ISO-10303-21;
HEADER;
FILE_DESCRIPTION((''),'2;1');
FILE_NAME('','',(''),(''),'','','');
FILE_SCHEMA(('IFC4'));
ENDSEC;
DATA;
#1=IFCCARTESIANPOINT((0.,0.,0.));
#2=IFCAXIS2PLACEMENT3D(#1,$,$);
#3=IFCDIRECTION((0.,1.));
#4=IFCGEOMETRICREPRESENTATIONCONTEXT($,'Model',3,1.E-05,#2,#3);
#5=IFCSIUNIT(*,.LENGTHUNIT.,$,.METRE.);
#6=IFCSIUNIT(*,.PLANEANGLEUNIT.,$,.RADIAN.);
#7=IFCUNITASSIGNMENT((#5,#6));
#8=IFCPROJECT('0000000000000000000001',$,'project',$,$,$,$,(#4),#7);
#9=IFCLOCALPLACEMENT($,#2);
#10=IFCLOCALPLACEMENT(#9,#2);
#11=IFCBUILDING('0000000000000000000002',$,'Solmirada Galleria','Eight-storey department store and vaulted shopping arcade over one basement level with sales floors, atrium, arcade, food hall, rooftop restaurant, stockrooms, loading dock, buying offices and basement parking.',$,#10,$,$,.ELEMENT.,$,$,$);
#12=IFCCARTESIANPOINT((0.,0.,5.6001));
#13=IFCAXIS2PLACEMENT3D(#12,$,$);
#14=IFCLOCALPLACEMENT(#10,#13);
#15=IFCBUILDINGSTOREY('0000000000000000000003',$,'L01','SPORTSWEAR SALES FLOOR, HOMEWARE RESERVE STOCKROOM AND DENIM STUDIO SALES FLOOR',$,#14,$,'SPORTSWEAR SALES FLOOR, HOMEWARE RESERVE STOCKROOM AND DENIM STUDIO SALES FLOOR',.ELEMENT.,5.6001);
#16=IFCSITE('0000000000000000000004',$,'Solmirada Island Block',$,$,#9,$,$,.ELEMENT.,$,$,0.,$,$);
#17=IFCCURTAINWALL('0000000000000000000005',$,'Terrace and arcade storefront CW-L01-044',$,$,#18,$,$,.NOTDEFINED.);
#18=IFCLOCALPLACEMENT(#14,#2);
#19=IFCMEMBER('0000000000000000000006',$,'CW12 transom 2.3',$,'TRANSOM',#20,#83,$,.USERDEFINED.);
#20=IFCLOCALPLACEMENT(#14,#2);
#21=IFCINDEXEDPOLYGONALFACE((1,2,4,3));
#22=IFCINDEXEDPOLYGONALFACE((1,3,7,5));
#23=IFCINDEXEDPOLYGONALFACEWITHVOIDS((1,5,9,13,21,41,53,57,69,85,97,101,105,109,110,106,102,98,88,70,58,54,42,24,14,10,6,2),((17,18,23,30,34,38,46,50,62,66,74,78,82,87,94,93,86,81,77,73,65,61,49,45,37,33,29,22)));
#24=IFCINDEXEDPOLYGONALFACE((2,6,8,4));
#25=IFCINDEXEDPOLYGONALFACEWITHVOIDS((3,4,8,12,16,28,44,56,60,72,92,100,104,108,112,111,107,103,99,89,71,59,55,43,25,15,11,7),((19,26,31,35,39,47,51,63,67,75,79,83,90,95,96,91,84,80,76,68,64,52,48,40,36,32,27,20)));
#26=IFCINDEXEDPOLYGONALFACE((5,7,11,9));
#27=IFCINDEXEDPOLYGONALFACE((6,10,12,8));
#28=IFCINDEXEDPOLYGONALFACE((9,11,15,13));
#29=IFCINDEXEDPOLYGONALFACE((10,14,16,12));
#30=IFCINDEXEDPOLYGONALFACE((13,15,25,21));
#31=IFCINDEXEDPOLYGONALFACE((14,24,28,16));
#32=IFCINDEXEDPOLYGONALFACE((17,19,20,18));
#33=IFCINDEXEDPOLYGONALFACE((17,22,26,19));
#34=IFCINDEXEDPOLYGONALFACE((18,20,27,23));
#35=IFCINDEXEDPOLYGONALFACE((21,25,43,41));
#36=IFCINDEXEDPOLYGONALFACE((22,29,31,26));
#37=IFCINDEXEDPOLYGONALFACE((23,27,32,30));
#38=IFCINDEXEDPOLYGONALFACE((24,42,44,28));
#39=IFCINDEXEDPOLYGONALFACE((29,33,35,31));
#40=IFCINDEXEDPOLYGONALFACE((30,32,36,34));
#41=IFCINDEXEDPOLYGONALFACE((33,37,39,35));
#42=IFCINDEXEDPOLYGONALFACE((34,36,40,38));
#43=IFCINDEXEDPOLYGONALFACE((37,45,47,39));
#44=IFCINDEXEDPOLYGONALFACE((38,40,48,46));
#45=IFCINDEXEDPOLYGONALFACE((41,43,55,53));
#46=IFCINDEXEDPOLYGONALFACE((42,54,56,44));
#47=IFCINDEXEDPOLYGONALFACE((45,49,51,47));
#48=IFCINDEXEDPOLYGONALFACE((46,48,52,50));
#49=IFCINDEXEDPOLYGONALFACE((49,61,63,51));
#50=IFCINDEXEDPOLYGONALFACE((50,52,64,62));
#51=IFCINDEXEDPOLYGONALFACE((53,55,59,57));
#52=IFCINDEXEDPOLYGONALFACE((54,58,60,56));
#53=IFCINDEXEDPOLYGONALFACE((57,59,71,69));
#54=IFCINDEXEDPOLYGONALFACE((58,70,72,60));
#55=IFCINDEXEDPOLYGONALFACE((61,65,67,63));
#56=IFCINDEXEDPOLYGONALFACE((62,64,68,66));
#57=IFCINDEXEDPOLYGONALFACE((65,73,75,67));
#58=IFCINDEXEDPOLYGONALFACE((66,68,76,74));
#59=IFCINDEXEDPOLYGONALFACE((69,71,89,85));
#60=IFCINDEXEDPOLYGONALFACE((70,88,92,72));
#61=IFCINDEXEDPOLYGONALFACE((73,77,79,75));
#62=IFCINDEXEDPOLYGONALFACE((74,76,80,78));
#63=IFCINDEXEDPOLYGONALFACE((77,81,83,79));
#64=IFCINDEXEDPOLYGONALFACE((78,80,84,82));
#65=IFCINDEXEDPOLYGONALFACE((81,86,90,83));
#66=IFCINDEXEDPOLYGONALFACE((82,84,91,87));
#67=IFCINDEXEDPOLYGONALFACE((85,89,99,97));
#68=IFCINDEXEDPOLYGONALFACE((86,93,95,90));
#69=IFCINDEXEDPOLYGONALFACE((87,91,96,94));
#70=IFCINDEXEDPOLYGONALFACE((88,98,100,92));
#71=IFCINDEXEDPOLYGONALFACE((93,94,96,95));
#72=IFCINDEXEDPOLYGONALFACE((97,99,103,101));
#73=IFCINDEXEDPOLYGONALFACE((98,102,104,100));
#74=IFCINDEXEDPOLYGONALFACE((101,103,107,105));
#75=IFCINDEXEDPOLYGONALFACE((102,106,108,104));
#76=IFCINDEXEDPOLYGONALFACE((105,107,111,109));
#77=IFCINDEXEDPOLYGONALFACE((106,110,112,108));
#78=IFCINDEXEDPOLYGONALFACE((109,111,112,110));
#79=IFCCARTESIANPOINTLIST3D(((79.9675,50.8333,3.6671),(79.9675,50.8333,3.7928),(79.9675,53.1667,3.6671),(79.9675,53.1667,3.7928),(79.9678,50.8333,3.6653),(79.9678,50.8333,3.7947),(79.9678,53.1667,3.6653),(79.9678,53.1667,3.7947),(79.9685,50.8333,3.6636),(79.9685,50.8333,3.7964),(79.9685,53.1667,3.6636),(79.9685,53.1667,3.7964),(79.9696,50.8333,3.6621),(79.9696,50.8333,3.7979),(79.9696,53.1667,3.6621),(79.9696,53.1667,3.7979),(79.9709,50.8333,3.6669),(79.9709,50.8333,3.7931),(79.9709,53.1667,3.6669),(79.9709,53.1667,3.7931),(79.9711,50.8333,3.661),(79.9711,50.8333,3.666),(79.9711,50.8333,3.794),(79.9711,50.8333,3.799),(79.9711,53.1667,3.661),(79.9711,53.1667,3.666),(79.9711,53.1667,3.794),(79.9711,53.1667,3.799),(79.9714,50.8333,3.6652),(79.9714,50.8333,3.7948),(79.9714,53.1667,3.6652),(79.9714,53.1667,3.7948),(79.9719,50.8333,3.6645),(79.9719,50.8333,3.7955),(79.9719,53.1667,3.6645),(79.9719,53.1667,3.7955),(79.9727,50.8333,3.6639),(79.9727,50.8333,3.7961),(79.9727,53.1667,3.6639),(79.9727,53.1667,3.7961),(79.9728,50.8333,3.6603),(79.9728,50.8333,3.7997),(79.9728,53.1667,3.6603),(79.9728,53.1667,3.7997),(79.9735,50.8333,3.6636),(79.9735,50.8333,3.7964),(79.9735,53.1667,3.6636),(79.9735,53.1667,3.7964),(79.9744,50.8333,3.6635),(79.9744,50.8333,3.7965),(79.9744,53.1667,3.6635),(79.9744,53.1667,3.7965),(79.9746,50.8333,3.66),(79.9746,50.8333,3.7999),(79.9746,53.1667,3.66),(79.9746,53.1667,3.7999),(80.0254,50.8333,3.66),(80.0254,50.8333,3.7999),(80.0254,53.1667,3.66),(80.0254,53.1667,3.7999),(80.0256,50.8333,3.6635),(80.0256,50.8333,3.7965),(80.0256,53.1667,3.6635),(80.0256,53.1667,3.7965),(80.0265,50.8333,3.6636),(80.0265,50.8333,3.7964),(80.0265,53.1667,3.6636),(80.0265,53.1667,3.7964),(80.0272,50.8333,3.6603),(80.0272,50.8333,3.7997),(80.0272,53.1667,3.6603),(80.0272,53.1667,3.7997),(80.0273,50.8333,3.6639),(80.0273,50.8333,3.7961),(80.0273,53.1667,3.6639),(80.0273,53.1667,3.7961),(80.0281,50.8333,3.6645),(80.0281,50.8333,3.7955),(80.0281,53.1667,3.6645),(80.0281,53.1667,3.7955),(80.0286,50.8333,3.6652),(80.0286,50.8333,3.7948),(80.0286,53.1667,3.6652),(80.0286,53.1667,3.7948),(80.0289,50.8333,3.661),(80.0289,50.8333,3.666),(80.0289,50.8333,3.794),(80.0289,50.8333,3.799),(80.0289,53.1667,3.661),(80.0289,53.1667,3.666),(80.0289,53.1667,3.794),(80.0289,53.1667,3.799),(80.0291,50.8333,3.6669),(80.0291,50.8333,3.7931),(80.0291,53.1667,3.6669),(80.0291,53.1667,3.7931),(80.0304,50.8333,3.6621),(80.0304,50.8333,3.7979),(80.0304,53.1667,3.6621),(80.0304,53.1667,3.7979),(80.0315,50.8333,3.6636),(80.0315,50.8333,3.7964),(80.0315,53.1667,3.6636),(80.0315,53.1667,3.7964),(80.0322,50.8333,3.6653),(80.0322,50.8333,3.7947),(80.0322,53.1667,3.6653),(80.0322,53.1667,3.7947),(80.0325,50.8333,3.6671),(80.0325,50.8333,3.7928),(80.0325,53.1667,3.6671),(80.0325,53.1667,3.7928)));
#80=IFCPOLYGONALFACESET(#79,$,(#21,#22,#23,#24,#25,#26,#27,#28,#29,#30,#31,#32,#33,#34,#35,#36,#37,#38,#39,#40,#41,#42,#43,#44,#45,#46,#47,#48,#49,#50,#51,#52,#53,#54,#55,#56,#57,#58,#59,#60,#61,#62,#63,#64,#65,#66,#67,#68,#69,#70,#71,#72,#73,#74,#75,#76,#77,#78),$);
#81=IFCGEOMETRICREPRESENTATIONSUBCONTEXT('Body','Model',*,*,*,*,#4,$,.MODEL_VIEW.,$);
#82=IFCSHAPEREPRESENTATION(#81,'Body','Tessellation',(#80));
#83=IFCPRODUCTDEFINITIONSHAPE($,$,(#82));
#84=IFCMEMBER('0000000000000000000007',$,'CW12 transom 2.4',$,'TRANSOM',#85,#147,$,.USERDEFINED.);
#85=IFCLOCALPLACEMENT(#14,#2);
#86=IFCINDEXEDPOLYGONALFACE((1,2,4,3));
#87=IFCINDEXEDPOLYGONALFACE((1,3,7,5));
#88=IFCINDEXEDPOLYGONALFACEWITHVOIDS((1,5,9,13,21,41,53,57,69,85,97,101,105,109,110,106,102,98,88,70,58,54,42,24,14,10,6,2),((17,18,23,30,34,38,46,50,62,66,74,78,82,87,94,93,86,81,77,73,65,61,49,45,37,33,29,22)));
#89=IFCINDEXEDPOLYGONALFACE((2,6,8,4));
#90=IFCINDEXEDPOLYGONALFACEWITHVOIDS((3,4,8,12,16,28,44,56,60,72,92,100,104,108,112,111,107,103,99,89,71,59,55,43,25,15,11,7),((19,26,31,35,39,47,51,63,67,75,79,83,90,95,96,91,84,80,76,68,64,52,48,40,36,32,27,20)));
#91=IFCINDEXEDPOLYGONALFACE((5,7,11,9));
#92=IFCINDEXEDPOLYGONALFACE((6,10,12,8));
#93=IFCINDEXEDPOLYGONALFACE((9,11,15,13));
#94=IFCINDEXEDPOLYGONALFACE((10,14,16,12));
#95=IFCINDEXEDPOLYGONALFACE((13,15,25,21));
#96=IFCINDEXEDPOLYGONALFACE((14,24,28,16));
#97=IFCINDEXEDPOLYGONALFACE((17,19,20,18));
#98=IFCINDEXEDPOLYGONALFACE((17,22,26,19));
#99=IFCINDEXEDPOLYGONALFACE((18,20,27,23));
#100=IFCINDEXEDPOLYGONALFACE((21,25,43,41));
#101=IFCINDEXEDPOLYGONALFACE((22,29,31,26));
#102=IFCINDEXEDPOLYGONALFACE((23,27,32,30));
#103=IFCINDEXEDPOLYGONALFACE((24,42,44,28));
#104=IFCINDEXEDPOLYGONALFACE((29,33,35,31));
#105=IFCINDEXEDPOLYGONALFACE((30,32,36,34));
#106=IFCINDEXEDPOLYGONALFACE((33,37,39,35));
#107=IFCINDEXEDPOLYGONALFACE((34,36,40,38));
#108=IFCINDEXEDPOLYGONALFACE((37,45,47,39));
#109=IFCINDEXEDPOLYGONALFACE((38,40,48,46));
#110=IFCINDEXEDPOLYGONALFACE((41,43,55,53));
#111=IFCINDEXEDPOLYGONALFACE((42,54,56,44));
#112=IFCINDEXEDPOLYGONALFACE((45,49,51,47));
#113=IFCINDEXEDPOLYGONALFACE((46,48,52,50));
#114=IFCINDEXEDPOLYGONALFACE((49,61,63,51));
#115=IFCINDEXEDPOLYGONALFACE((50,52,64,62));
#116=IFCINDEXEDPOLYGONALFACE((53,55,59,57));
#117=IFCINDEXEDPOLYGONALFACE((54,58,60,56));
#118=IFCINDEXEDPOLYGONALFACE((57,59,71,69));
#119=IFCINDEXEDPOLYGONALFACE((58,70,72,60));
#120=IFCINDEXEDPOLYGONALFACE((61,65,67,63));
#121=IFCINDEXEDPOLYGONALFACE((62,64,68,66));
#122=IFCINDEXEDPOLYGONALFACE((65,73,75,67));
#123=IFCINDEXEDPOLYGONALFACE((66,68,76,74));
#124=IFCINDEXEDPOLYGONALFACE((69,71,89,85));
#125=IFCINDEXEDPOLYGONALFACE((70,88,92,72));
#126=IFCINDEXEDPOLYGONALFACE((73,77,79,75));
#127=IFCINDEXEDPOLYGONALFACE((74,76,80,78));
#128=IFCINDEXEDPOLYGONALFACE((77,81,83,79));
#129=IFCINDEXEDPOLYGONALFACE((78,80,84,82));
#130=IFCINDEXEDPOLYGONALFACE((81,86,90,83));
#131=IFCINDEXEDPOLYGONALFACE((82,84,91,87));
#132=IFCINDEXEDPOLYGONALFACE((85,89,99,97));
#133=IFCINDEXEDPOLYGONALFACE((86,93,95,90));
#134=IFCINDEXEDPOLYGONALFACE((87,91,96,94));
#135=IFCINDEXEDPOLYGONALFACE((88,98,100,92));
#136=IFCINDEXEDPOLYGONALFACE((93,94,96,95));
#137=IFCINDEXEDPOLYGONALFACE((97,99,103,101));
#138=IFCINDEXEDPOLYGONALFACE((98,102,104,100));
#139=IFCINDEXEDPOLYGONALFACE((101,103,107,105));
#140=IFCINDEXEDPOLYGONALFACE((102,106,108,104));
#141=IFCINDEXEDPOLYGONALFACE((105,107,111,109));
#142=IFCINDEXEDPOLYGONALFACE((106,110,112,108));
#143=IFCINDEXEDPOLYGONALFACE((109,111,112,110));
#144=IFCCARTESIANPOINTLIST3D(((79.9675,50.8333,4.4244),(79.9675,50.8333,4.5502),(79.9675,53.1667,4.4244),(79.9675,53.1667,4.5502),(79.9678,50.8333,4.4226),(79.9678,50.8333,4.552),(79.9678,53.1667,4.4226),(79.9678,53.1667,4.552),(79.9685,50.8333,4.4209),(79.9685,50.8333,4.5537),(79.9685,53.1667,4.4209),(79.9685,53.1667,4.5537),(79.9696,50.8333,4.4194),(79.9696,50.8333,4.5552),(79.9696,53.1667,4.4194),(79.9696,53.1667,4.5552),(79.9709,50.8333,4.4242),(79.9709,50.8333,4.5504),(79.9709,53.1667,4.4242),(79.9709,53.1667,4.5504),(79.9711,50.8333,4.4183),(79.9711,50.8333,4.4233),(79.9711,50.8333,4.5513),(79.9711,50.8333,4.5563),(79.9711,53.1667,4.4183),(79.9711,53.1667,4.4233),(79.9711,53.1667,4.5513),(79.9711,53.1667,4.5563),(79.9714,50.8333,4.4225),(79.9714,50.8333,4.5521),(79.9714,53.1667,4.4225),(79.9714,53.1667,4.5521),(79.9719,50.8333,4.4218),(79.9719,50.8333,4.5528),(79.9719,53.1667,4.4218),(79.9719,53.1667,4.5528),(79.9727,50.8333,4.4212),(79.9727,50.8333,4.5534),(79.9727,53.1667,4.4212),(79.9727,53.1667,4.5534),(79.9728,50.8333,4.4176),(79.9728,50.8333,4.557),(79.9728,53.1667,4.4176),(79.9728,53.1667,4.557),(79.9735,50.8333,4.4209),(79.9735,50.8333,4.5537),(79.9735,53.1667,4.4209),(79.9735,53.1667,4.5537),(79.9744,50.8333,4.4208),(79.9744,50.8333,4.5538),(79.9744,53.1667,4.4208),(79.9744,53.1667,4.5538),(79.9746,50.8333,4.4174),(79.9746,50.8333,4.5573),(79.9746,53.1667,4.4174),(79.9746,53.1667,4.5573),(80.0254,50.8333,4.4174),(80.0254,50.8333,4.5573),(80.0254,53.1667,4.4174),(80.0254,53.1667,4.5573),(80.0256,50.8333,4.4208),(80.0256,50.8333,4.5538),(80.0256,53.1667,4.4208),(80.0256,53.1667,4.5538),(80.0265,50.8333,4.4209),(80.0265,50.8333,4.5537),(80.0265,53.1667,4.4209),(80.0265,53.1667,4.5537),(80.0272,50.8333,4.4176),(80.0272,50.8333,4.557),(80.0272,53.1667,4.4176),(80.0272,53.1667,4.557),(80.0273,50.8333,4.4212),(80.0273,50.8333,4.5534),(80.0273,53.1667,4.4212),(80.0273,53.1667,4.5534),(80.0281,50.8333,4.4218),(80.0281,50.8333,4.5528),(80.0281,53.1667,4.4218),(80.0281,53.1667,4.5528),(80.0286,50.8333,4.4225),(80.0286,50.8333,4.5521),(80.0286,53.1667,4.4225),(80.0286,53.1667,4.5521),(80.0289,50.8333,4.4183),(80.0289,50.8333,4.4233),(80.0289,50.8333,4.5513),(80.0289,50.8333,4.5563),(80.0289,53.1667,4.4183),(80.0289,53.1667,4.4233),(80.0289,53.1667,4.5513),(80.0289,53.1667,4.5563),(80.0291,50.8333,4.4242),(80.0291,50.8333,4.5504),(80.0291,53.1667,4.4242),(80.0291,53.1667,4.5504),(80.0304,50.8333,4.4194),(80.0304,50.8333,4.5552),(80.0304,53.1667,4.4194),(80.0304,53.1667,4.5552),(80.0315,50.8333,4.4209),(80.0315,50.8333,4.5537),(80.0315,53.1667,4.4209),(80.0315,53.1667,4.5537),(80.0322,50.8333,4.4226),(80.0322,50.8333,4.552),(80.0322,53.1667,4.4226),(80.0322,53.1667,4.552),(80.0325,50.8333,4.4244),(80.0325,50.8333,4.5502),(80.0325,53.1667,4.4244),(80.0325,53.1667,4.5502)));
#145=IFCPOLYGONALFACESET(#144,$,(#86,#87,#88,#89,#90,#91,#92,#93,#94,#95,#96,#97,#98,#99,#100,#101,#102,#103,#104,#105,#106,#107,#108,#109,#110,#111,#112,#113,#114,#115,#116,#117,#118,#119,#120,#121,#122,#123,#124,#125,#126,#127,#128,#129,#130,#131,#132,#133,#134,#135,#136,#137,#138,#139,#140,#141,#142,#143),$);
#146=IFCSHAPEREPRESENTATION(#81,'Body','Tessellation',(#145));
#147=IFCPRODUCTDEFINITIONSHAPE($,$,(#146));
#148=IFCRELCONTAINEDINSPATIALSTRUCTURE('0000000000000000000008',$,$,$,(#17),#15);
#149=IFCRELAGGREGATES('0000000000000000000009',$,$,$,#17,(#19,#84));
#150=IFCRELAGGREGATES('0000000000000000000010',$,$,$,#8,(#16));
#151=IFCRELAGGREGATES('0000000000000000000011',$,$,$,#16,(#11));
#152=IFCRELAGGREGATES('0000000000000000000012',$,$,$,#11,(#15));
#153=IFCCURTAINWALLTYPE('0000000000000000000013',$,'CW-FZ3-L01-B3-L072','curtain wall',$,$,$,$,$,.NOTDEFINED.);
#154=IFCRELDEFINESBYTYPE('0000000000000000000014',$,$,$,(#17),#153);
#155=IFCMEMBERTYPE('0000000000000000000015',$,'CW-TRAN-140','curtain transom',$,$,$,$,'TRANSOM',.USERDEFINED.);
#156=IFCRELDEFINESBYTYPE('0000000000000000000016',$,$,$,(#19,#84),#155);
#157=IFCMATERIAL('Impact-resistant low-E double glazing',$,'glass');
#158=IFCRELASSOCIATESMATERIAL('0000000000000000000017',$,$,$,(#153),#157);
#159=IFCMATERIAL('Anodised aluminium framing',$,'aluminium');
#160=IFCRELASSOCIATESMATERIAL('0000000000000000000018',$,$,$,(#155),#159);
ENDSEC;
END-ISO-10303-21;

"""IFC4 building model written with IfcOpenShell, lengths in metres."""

from ifc_helpers import new_model, si_unit, direction, frame, origin, origin_2d, place, context, subcontext, project, spatial, hollow_rectangle, extrude, material, material_profile, profile_set, type_object, element, aggregate, save


model = new_model("IFC4")

# Units and contexts
model_context = context("Model", 3, precision=1e-05, world=origin(), true_north=direction((0.0, 1.0)))
body_context = subcontext(model_context, "Body", "Model", "MODEL_VIEW")
ifc_project = project(units=[si_unit("LENGTHUNIT", "METRE"), si_unit("PLANEANGLEUNIT", "RADIAN")], contexts=[model_context])

# Site, building, storey
site_placement = place(None, origin())
site = spatial("IfcSite", under=ifc_project, at=site_placement, Name="Solmirada Island Block", CompositionType="ELEMENT", RefElevation=0.0)
building_placement = place(site_placement, origin())
building = spatial("IfcBuilding", under=site, at=building_placement, Name="Solmirada Galleria", Description="Eight-storey department store and vaulted shopping arcade over one basement level with sales floors, atrium, arcade, food hall, rooftop restaurant, stockrooms, loading dock, buying offices and basement parking.", CompositionType="ELEMENT")
storey_placement = place(building_placement, frame((0.0, 0.0, 5.6001)))
storey = spatial("IfcBuildingStorey", under=building, at=storey_placement, Name="L01", Description="SPORTSWEAR SALES FLOOR, HOMEWARE RESERVE STOCKROOM AND DENIM STUDIO SALES FLOOR", LongName="SPORTSWEAR SALES FLOOR, HOMEWARE RESERVE STOCKROOM AND DENIM STUDIO SALES FLOOR", CompositionType="ELEMENT", Elevation=5.6001)

# Curtain wall, members
ifc_material_1 = material(Name="Impact-resistant low-E double glazing", Category="glass")
curtain_wall_type = type_object("IfcCurtainWallType", Name="CW-FZ3-L01-B3-L072", Description="curtain wall", PredefinedType="NOTDEFINED", material=ifc_material_1)
curtain_wall_placement = place(storey_placement, origin())
curtain_wall = element("IfcCurtainWall", 1, at=curtain_wall_placement, inside=storey, type_object=curtain_wall_type, Name="Terrace and arcade storefront CW-L01-044", PredefinedType="NOTDEFINED")
ifc_material_2 = material(Name="Anodised aluminium framing", Category="aluminium")
ifc_material_profile_1 = material_profile(ifc_material_2, hollow_rectangle(XDim=0.0649, YDim=0.1399, WallThickness=0.0034, InnerFilletRadius=0.0034, OuterFilletRadius=0.0071, at=origin_2d()), Name="ALU-TRAN-140X65")
ifc_profile_set_1 = profile_set([ifc_material_profile_1], Name="Anodised aluminium framing")
member_type_1 = type_object("IfcMemberType", Name="CW-TRAN-140", Description="curtain transom", ElementType="TRANSOM", PredefinedType="USERDEFINED", material=ifc_profile_set_1)
member_1_placement = place(storey_placement, frame((80.0, 50.8333, 3.73), z_axis=(0.0, 1.0, 0.0), x_axis=(-1.0, 0.0, 0.0)))
member_1 = element("IfcMember", 2, at=member_1_placement, type_object=member_type_1, Name="CW12 transom 2.3", ObjectType="TRANSOM", PredefinedType="USERDEFINED", context=body_context, shape_type="SweptSolid", body=[
    extrude(hollow_rectangle(XDim=0.0649, YDim=0.1399, WallThickness=0.0034, InnerFilletRadius=0.0034, OuterFilletRadius=0.0071, at=origin_2d()), origin(), (0.0, 0.0, 1.0), 2.3335),
])
member_2_placement = place(storey_placement, frame((80.0, 50.8333, 4.4873), z_axis=(0.0, 1.0, 0.0), x_axis=(-1.0, 0.0, 0.0)))
member_2 = element("IfcMember", 3, at=member_2_placement, type_object=member_type_1, Name="CW12 transom 2.4", ObjectType="TRANSOM", PredefinedType="USERDEFINED", context=body_context, shape_type="SweptSolid", body=[
    extrude(hollow_rectangle(XDim=0.0649, YDim=0.1399, WallThickness=0.0034, InnerFilletRadius=0.0034, OuterFilletRadius=0.0071, at=origin_2d()), origin(), (0.0, 0.0, 1.0), 2.3335),
])
aggregate(curtain_wall, [member_1, member_2])

save(model, "model.ifc")
